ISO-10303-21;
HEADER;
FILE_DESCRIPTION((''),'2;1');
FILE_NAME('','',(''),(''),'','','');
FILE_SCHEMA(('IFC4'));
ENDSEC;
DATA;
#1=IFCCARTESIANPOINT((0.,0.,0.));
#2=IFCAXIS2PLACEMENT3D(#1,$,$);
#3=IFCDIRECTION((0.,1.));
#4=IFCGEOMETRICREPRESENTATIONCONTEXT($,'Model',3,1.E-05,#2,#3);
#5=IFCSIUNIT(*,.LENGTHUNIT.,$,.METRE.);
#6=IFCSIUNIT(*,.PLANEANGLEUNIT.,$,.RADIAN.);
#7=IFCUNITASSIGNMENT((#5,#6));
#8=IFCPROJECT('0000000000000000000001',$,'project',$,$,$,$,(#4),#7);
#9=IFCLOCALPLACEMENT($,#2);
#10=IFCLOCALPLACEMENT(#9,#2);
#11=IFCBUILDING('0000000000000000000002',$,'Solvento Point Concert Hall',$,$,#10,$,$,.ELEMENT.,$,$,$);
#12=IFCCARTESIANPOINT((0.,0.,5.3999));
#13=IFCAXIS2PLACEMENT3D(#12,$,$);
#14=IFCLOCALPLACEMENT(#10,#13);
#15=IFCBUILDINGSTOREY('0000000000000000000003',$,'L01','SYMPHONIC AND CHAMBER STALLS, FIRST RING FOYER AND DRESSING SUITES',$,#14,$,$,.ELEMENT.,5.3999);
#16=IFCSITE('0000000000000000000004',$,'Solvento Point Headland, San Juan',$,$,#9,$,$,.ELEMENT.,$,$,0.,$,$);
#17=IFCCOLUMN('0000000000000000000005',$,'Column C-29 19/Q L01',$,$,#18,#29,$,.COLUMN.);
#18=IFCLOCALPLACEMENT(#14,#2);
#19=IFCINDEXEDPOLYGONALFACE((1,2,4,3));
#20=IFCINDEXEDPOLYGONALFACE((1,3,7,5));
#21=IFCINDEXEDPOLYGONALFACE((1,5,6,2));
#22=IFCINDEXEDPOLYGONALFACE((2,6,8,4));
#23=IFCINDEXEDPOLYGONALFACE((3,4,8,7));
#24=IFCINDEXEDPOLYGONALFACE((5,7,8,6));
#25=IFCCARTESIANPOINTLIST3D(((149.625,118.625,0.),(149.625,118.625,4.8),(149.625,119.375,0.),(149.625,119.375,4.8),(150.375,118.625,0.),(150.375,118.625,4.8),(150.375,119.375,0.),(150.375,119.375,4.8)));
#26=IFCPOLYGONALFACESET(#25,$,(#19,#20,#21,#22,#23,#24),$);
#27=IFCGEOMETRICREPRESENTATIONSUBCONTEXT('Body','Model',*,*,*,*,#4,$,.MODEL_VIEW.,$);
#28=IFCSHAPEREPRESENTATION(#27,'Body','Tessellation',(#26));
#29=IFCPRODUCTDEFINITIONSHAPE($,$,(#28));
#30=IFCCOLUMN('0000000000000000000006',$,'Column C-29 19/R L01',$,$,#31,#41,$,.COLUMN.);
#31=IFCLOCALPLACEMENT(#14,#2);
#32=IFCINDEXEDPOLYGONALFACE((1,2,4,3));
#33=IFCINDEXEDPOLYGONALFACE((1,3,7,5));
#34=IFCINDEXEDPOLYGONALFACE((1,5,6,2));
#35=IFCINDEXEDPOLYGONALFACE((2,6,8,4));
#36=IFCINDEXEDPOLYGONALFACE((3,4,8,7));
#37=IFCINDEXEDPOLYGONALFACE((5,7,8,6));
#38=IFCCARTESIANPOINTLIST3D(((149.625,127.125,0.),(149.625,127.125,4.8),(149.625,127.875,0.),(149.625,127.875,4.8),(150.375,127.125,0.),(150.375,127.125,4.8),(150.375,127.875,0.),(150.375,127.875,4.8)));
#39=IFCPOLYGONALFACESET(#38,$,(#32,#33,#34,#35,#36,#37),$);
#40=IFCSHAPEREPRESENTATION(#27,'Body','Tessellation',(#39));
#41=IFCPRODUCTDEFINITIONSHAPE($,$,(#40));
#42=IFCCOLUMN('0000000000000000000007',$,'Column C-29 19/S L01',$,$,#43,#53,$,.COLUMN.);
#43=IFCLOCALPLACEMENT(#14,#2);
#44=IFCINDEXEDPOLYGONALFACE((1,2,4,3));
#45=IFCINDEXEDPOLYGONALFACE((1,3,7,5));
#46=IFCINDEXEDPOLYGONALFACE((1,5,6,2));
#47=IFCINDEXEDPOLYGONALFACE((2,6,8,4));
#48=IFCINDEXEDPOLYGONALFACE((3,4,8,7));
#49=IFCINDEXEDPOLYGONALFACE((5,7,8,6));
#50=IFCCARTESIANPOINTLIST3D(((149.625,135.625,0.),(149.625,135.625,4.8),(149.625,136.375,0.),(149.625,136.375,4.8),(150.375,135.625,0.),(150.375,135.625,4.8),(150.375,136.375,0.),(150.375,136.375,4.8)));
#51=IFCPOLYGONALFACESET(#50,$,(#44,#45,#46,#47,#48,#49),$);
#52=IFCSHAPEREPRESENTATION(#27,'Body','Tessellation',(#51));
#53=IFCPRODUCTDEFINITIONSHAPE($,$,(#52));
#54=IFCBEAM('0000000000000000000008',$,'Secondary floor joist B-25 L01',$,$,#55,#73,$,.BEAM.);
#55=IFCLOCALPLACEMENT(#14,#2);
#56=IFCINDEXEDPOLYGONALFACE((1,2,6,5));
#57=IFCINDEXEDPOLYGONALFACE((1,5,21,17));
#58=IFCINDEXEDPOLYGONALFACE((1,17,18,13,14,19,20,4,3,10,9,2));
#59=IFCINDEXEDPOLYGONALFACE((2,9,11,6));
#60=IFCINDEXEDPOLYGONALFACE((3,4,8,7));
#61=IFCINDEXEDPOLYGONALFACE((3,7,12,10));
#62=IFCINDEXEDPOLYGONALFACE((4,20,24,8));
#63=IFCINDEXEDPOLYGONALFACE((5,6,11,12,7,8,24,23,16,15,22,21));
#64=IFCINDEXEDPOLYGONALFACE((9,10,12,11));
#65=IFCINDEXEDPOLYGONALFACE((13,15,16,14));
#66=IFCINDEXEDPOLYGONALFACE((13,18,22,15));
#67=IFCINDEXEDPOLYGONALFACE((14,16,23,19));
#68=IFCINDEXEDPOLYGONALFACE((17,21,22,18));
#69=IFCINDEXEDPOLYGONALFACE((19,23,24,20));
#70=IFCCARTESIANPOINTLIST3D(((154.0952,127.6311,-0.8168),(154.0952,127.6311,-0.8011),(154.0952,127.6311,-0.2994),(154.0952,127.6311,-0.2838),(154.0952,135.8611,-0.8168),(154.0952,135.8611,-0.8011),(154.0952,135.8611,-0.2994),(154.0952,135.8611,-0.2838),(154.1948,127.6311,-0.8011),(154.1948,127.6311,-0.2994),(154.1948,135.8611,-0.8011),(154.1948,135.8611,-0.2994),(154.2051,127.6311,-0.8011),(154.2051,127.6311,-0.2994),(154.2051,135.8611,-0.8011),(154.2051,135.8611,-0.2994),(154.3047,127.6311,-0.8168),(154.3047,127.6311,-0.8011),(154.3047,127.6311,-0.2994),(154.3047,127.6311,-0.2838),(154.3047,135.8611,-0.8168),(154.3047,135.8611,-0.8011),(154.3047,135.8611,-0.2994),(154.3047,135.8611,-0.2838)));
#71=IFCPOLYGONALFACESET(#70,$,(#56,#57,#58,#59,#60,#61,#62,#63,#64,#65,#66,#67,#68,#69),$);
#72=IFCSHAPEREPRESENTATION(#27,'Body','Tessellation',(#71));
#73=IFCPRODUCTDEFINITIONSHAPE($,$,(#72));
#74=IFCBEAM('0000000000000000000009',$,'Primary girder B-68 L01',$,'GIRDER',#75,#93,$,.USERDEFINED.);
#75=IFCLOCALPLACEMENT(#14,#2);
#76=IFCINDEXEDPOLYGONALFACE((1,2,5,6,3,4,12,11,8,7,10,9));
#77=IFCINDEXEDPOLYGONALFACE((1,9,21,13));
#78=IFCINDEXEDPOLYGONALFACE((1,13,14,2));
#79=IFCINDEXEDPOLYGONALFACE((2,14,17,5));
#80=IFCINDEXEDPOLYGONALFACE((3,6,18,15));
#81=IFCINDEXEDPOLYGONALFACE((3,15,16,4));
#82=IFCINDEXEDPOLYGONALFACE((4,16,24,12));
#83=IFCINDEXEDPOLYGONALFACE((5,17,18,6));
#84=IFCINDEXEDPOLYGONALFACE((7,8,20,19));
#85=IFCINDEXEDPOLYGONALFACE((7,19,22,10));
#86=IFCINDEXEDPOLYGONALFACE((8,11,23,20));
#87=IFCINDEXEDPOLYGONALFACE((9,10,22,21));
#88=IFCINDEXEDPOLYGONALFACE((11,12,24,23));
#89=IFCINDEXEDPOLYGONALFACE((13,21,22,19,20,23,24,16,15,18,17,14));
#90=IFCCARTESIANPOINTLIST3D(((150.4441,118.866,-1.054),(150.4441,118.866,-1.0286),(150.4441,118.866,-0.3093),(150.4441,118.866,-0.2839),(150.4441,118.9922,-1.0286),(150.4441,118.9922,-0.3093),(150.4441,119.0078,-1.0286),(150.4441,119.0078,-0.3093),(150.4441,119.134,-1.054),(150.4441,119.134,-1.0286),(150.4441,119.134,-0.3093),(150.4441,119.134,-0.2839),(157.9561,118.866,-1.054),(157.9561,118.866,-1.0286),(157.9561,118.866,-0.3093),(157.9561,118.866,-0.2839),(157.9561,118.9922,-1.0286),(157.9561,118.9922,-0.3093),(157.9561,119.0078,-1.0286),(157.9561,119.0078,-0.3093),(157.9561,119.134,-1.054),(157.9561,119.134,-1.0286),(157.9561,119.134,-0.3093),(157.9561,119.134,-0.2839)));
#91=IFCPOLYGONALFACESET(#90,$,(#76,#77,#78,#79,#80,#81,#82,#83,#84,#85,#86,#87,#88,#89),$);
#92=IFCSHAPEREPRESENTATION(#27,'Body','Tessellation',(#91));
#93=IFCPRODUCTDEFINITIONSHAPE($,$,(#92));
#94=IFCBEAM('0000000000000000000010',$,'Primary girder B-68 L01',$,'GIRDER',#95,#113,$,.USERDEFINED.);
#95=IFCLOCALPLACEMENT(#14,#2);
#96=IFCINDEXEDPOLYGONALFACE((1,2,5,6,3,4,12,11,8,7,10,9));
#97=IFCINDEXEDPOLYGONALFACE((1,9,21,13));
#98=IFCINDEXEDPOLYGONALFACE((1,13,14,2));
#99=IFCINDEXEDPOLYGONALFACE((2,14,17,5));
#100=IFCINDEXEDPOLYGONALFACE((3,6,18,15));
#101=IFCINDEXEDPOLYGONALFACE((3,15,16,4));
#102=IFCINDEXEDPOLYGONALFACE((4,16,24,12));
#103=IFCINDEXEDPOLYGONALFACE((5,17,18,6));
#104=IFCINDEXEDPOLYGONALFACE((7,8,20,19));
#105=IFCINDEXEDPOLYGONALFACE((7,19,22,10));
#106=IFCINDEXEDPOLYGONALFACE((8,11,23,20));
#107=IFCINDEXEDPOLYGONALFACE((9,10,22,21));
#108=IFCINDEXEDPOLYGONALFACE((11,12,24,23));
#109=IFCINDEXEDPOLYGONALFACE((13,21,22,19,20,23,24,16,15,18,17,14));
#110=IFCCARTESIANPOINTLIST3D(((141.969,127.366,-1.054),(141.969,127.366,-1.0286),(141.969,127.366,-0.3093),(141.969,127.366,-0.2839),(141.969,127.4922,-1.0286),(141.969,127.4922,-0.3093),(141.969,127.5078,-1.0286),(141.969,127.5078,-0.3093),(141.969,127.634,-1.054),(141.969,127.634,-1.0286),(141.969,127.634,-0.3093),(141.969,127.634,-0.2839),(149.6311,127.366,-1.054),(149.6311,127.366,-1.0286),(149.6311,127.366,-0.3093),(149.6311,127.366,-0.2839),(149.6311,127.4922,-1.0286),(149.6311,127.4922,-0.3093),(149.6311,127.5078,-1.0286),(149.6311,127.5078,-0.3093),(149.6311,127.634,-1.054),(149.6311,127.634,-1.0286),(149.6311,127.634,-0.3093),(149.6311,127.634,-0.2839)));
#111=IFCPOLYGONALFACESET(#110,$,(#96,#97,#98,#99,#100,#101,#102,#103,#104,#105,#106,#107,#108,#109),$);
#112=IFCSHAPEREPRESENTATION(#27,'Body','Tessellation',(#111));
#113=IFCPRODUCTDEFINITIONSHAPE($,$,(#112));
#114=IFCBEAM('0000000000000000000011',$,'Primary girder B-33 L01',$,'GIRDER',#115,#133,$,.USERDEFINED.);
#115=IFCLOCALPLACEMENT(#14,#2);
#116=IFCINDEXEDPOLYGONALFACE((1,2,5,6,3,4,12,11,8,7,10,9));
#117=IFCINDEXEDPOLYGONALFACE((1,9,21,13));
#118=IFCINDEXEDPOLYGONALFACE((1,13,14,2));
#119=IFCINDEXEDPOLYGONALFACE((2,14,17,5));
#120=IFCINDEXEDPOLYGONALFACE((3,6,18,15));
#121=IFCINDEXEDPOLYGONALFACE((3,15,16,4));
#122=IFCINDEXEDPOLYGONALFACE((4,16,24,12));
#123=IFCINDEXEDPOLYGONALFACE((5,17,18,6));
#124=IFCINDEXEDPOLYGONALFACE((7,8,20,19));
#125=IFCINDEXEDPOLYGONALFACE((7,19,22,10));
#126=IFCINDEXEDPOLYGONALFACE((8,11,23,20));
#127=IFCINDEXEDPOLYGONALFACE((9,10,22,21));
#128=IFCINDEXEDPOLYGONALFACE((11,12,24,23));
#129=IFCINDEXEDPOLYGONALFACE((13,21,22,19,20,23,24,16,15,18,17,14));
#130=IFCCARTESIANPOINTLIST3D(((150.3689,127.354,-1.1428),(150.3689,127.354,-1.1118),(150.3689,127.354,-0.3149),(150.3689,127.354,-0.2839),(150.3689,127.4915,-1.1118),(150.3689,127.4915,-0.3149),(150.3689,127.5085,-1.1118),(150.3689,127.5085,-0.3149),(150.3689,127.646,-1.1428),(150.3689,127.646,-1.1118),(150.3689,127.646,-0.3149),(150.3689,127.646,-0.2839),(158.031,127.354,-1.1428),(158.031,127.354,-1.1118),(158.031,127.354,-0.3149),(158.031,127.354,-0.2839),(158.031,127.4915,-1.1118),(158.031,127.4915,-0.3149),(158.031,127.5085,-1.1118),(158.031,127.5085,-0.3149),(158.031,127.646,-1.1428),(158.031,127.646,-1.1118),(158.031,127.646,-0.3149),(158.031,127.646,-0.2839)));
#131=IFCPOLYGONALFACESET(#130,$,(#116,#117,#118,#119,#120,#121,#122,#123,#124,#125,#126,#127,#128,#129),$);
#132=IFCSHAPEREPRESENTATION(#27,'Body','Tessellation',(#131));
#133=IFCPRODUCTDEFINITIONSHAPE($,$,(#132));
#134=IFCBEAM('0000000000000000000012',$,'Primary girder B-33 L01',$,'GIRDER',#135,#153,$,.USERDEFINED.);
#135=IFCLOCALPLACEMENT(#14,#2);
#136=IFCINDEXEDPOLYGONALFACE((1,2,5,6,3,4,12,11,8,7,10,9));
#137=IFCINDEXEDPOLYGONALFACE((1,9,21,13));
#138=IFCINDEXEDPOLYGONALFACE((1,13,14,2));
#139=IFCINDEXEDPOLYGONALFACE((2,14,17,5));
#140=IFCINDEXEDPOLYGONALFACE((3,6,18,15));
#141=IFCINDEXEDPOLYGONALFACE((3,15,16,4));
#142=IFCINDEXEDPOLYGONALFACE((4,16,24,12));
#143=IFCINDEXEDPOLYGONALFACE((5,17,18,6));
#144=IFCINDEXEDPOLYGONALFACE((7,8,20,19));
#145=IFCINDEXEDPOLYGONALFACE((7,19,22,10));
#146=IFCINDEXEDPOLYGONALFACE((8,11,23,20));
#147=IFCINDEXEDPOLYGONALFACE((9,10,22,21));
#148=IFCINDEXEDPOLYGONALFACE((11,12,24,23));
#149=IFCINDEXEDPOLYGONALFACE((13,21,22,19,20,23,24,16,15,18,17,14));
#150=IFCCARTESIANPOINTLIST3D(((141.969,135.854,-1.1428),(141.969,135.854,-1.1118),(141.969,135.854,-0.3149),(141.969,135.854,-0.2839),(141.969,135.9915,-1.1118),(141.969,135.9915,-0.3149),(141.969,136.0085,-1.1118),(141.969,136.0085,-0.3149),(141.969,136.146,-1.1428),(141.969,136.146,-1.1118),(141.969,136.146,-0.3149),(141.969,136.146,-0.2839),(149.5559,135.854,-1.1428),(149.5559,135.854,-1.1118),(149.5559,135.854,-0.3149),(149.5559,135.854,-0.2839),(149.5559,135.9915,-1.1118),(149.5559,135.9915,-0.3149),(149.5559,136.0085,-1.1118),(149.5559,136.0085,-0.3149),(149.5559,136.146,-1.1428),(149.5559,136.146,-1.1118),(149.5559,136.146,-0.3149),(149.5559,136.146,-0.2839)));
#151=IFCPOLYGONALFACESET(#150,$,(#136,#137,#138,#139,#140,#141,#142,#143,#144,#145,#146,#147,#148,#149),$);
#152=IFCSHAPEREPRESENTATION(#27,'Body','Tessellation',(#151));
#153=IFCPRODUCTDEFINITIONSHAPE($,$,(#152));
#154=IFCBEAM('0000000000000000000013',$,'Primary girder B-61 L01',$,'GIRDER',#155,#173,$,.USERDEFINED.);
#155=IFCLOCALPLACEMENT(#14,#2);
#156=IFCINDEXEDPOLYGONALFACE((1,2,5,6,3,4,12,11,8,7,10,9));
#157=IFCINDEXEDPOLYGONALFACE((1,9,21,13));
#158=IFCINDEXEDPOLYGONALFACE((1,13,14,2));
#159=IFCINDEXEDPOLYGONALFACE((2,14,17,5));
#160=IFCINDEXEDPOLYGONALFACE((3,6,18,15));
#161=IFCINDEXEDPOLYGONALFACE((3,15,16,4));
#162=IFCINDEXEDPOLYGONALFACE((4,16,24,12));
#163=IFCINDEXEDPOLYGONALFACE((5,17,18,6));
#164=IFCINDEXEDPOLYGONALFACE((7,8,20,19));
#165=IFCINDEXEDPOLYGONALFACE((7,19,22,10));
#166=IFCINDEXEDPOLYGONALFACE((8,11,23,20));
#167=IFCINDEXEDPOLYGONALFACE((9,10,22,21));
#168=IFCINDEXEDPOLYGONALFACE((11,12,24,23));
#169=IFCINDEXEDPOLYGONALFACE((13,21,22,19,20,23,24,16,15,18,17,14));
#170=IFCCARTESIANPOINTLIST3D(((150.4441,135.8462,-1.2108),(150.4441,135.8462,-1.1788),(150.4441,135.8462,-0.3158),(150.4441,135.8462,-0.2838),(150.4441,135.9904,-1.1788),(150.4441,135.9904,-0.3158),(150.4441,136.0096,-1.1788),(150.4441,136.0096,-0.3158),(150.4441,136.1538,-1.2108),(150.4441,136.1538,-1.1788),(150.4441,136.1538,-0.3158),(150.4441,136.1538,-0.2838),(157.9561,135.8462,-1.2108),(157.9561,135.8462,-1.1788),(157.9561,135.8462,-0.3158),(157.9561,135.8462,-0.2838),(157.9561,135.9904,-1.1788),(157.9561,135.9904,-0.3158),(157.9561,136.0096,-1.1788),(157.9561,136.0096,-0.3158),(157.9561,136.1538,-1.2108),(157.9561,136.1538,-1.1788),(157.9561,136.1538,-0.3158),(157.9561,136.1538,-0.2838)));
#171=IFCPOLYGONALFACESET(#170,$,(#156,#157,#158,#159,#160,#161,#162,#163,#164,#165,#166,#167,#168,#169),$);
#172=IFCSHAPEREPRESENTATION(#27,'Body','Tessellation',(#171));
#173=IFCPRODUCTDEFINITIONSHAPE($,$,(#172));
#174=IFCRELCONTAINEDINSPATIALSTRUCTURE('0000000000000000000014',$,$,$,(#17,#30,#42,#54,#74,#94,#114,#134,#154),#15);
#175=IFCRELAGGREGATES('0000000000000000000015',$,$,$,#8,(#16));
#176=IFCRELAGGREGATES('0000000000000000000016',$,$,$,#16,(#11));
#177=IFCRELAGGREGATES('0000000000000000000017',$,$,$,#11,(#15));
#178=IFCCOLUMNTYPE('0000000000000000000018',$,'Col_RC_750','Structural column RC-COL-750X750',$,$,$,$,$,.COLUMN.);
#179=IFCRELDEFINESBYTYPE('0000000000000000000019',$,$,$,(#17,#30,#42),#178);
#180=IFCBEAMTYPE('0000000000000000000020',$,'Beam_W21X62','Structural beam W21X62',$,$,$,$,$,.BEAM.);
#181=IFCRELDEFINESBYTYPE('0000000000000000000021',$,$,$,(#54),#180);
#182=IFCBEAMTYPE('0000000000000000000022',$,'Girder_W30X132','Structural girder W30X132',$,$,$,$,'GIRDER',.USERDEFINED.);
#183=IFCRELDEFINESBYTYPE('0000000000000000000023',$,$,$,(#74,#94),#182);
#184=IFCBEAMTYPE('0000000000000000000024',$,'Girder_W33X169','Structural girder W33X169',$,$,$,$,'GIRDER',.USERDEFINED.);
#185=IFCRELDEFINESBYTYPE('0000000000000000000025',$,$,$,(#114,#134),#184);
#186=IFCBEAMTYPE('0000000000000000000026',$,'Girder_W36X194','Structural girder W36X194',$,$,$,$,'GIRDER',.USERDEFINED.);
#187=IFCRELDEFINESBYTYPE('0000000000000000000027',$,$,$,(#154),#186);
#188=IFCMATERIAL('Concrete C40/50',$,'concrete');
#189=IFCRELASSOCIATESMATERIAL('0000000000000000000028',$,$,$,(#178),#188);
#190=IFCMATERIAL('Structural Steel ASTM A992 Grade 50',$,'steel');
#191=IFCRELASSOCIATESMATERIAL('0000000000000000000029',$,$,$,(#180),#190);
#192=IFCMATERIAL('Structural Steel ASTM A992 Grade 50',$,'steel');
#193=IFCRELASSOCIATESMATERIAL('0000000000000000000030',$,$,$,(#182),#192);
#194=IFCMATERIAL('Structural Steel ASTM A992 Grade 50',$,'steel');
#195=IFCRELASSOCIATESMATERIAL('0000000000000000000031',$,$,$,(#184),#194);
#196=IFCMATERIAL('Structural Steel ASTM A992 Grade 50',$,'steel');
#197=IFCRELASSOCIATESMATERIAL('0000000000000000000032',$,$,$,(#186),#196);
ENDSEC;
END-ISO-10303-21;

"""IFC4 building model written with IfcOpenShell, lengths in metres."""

from ifc_helpers import new_model, si_unit, direction, frame, origin, origin_2d, place, context, subcontext, project, spatial, rectangle, i_section, extrude, material, material_profile, profile_set, type_object, element, save


model = new_model("IFC4")

# Units and contexts
model_context = context("Model", 3, precision=1e-05, world=origin(), true_north=direction((0.0, 1.0)))
body_context = subcontext(model_context, "Body", "Model", "MODEL_VIEW")
ifc_project = project(units=[si_unit("LENGTHUNIT", "METRE"), si_unit("PLANEANGLEUNIT", "RADIAN")], contexts=[model_context])

# Site, building, storey
site_placement = place(None, origin())
site = spatial("IfcSite", under=ifc_project, at=site_placement, Name="Solvento Point Headland, San Juan", CompositionType="ELEMENT", RefElevation=0.0)
building_placement = place(site_placement, origin())
building = spatial("IfcBuilding", under=site, at=building_placement, Name="Solvento Point Concert Hall", CompositionType="ELEMENT")
storey_placement = place(building_placement, frame((0.0, 0.0, 5.3999)))
storey = spatial("IfcBuildingStorey", under=building, at=storey_placement, Name="L01", Description="SYMPHONIC AND CHAMBER STALLS, FIRST RING FOYER AND DRESSING SUITES", CompositionType="ELEMENT", Elevation=5.3999)

# Columns
ifc_material_1 = material(Name="Concrete C40/50", Category="concrete")
ifc_material_profile_1 = material_profile(ifc_material_1, rectangle(XDim=0.75, YDim=0.75, at=origin_2d()), Name="RC-COL-750X750")
ifc_profile_set_1 = profile_set([ifc_material_profile_1], Name="Concrete C40/50")
column_type = type_object("IfcColumnType", Name="Col_RC_750", Description="Structural column RC-COL-750X750", PredefinedType="COLUMN", material=ifc_profile_set_1)
for number, where, z_axis, x_axis, name in (
    (1, (150.0, 119.0, 0.0), (0.0, 0.0, 1.0), (1.0, 0.0, 0.0), "Column C-29 19/Q L01"),
    (2, (150.0, 127.5, 0.0), (0.0, 0.0, 1.0), (1.0, 0.0, 0.0), "Column C-29 19/R L01"),
    (3, (150.0, 136.0, 0.0), (0.0, 0.0, 1.0), (1.0, 0.0, 0.0), "Column C-29 19/S L01"),
):
    element("IfcColumn", number, at=place(storey_placement, frame(where, z_axis=z_axis, x_axis=x_axis)), inside=storey, type_object=column_type, Name=name, PredefinedType="COLUMN", context=body_context, shape_type="SweptSolid", body=[
        extrude(rectangle(XDim=0.75, YDim=0.75, at=origin_2d()), origin(), (0.0, 0.0, 1.0), 4.8),
    ])

# Beams
ifc_material_2 = material(Name="Structural Steel ASTM A992 Grade 50", Category="steel")
ifc_material_profile_2 = material_profile(ifc_material_2, i_section(OverallWidth=0.2095, OverallDepth=0.533, WebThickness=0.0103, FlangeThickness=0.0156, at=origin_2d()), Name="W21X62")
ifc_profile_set_2 = profile_set([ifc_material_profile_2], Name="Structural Steel ASTM A992 Grade 50")
beam_type_1 = type_object("IfcBeamType", Name="Beam_W21X62", Description="Structural beam W21X62", PredefinedType="BEAM", material=ifc_profile_set_2)
beam_1_placement = place(storey_placement, frame((154.2, 127.6311, -0.5503), z_axis=(0.0, 1.0, 0.0), x_axis=(-1.0, 0.0, 0.0)))
element("IfcBeam", 4, at=beam_1_placement, inside=storey, type_object=beam_type_1, Name="Secondary floor joist B-25 L01", PredefinedType="BEAM", context=body_context, shape_type="SweptSolid", body=[
    extrude(i_section(OverallWidth=0.2095, OverallDepth=0.533, WebThickness=0.0103, FlangeThickness=0.0156, at=origin_2d()), origin(), (0.0, 0.0, 1.0), 8.23),
])
ifc_material_3 = material(Name="Structural Steel ASTM A992 Grade 50", Category="steel")
ifc_material_profile_3 = material_profile(ifc_material_3, i_section(OverallWidth=0.2681, OverallDepth=0.77, WebThickness=0.0156, FlangeThickness=0.0254, at=origin_2d()), Name="W30X132")
ifc_profile_set_3 = profile_set([ifc_material_profile_3], Name="Structural Steel ASTM A992 Grade 50")
beam_type_2 = type_object("IfcBeamType", Name="Girder_W30X132", Description="Structural girder W30X132", ElementType="GIRDER", PredefinedType="USERDEFINED", material=ifc_profile_set_3)
beam_2_placement = place(storey_placement, frame((150.4441, 119.0, -0.6689), z_axis=(1.0, 0.0, 0.0), x_axis=(0.0, 1.0, 0.0)))
element("IfcBeam", 5, at=beam_2_placement, inside=storey, type_object=beam_type_2, Name="Primary girder B-68 L01", ObjectType="GIRDER", PredefinedType="USERDEFINED", context=body_context, shape_type="SweptSolid", body=[
    extrude(i_section(OverallWidth=0.2681, OverallDepth=0.77, WebThickness=0.0156, FlangeThickness=0.0254, at=origin_2d()), origin(), (0.0, 0.0, 1.0), 7.512),
])
beam_3_placement = place(storey_placement, frame((141.969, 127.5, -0.6689), z_axis=(1.0, 0.0, 0.0), x_axis=(0.0, 1.0, 0.0)))
element("IfcBeam", 6, at=beam_3_placement, inside=storey, type_object=beam_type_2, Name="Primary girder B-68 L01", ObjectType="GIRDER", PredefinedType="USERDEFINED", context=body_context, shape_type="SweptSolid", body=[
    extrude(i_section(OverallWidth=0.2681, OverallDepth=0.77, WebThickness=0.0156, FlangeThickness=0.0254, at=origin_2d()), origin(), (0.0, 0.0, 1.0), 7.6621),
])
ifc_material_4 = material(Name="Structural Steel ASTM A992 Grade 50", Category="steel")
ifc_material_profile_4 = material_profile(ifc_material_4, i_section(OverallWidth=0.292, OverallDepth=0.8589, WebThickness=0.0171, FlangeThickness=0.031, at=origin_2d()), Name="W33X169")
ifc_profile_set_4 = profile_set([ifc_material_profile_4], Name="Structural Steel ASTM A992 Grade 50")
beam_type_3 = type_object("IfcBeamType", Name="Girder_W33X169", Description="Structural girder W33X169", ElementType="GIRDER", PredefinedType="USERDEFINED", material=ifc_profile_set_4)
beam_4_placement = place(storey_placement, frame((150.3689, 127.5, -0.7134), z_axis=(1.0, 0.0, 0.0), x_axis=(0.0, 1.0, 0.0)))
element("IfcBeam", 7, at=beam_4_placement, inside=storey, type_object=beam_type_3, Name="Primary girder B-33 L01", ObjectType="GIRDER", PredefinedType="USERDEFINED", context=body_context, shape_type="SweptSolid", body=[
    extrude(i_section(OverallWidth=0.292, OverallDepth=0.8589, WebThickness=0.0171, FlangeThickness=0.031, at=origin_2d()), origin(), (0.0, 0.0, 1.0), 7.6621),
])
beam_5_placement = place(storey_placement, frame((141.969, 136.0, -0.7134), z_axis=(1.0, 0.0, 0.0), x_axis=(0.0, 1.0, 0.0)))
element("IfcBeam", 8, at=beam_5_placement, inside=storey, type_object=beam_type_3, Name="Primary girder B-33 L01", ObjectType="GIRDER", PredefinedType="USERDEFINED", context=body_context, shape_type="SweptSolid", body=[
    extrude(i_section(OverallWidth=0.292, OverallDepth=0.8589, WebThickness=0.0171, FlangeThickness=0.031, at=origin_2d()), origin(), (0.0, 0.0, 1.0), 7.5869),
])
ifc_material_5 = material(Name="Structural Steel ASTM A992 Grade 50", Category="steel")
ifc_material_profile_5 = material_profile(ifc_material_5, i_section(OverallWidth=0.3076, OverallDepth=0.927, WebThickness=0.0193, FlangeThickness=0.032, at=origin_2d()), Name="W36X194")
ifc_profile_set_5 = profile_set([ifc_material_profile_5], Name="Structural Steel ASTM A992 Grade 50")
beam_type_4 = type_object("IfcBeamType", Name="Girder_W36X194", Description="Structural girder W36X194", ElementType="GIRDER", PredefinedType="USERDEFINED", material=ifc_profile_set_5)
beam_6_placement = place(storey_placement, frame((150.4441, 136.0, -0.7473), z_axis=(1.0, 0.0, 0.0), x_axis=(0.0, 1.0, 0.0)))
element("IfcBeam", 9, at=beam_6_placement, inside=storey, type_object=beam_type_4, Name="Primary girder B-61 L01", ObjectType="GIRDER", PredefinedType="USERDEFINED", context=body_context, shape_type="SweptSolid", body=[
    extrude(i_section(OverallWidth=0.3076, OverallDepth=0.927, WebThickness=0.0193, FlangeThickness=0.032, at=origin_2d()), origin(), (0.0, 0.0, 1.0), 7.512),
])

save(model, "model.ifc")
